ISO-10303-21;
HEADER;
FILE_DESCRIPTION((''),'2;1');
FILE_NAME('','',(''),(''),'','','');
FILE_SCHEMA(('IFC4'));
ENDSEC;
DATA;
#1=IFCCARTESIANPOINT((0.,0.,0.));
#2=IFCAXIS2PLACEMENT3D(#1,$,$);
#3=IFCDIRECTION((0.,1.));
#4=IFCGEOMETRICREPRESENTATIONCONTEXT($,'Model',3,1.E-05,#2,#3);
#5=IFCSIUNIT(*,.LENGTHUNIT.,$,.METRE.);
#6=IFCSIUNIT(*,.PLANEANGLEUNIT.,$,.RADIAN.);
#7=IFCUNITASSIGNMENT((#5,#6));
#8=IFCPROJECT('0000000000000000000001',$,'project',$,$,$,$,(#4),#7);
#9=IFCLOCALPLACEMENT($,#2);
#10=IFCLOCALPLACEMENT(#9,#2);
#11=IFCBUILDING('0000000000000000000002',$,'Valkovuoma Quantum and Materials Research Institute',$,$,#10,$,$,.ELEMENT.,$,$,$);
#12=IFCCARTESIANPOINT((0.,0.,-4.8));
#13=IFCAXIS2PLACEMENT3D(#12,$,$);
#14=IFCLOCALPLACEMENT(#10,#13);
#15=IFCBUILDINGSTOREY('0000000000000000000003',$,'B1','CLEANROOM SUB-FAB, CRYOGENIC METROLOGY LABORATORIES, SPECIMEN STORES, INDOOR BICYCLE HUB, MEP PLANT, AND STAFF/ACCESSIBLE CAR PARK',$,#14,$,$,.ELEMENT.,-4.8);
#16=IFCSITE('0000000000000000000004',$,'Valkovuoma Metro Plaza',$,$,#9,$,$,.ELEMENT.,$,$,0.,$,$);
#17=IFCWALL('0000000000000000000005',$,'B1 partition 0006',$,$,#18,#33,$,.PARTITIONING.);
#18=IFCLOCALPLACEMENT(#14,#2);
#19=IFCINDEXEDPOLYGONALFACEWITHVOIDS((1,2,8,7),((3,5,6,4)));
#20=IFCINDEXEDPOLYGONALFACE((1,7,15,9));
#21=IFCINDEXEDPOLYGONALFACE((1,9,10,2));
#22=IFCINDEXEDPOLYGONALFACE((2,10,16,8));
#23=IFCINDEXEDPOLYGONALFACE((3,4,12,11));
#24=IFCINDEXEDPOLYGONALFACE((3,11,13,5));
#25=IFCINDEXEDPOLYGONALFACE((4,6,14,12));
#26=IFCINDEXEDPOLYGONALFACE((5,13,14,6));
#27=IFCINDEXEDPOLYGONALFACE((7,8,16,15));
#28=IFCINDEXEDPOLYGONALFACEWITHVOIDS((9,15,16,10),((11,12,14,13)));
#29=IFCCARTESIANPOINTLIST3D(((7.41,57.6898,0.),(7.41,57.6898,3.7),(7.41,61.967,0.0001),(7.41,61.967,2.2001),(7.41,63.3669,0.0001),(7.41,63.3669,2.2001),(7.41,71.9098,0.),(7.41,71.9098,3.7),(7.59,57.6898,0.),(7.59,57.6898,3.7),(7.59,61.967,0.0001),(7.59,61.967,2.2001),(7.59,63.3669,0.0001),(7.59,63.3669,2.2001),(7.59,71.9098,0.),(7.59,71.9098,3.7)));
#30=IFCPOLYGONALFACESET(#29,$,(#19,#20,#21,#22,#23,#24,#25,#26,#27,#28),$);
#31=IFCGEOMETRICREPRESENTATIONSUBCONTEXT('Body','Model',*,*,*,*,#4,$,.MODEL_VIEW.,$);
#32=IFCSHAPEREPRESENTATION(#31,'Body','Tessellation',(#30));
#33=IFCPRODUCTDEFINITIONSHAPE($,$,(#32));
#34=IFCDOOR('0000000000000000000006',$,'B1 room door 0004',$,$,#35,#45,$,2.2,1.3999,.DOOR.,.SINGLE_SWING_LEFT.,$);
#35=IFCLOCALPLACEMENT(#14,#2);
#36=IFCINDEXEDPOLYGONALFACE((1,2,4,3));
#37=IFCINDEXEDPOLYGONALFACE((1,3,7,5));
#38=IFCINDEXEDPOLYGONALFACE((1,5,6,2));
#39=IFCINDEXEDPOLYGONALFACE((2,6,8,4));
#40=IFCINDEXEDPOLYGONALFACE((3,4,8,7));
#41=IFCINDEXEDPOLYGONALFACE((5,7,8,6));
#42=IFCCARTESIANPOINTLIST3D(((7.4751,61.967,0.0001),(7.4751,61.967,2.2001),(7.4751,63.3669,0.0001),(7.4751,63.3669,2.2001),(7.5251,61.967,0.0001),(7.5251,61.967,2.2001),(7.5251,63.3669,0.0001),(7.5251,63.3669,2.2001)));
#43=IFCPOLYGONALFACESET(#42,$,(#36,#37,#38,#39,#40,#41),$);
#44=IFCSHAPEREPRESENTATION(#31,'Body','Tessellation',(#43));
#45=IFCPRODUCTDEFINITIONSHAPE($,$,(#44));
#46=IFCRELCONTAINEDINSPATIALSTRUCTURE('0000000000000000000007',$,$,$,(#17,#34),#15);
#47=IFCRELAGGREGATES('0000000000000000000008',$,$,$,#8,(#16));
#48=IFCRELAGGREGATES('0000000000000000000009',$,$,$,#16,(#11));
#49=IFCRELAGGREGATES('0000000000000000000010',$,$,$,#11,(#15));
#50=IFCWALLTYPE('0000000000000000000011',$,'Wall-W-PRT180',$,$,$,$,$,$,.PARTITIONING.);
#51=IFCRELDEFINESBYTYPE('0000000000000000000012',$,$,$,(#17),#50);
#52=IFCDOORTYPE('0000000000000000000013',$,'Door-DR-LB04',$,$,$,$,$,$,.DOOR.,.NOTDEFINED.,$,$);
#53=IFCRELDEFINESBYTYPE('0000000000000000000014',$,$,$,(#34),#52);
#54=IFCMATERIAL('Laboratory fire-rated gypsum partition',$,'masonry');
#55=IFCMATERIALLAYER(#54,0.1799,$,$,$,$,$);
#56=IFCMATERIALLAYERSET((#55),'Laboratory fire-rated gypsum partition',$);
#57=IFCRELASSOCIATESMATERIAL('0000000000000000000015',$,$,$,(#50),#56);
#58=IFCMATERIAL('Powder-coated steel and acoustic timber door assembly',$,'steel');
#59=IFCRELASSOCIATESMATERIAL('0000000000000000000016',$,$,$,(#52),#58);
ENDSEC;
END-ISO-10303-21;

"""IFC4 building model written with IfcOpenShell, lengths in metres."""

from ifc_helpers import new_model, si_unit, direction, frame, frame_2d, origin, place, context, subcontext, project, spatial, rectangle, extrude, material, layer, layer_set, type_object, element, fill, save


model = new_model("IFC4")

# Units and contexts
model_context = context("Model", 3, precision=1e-05, world=origin(), true_north=direction((0.0, 1.0)))
body_context = subcontext(model_context, "Body", "Model", "MODEL_VIEW")
ifc_project = project(units=[si_unit("LENGTHUNIT", "METRE"), si_unit("PLANEANGLEUNIT", "RADIAN")], contexts=[model_context])

# Site, building, storey
site_placement = place(None, origin())
site = spatial("IfcSite", under=ifc_project, at=site_placement, Name="Valkovuoma Metro Plaza", CompositionType="ELEMENT", RefElevation=0.0)
building_placement = place(site_placement, origin())
building = spatial("IfcBuilding", under=site, at=building_placement, Name="Valkovuoma Quantum and Materials Research Institute", CompositionType="ELEMENT")
storey_placement = place(building_placement, frame((0.0, 0.0, -4.8)))
storey = spatial("IfcBuildingStorey", under=building, at=storey_placement, Name="B1", Description="CLEANROOM SUB-FAB, CRYOGENIC METROLOGY LABORATORIES, SPECIMEN STORES, INDOOR BICYCLE HUB, MEP PLANT, AND STAFF/ACCESSIBLE CAR PARK", CompositionType="ELEMENT", Elevation=-4.8)

# Wall, opening, door
ifc_material_1 = material(Name="Laboratory fire-rated gypsum partition", Category="masonry")
ifc_layer_1 = layer(ifc_material_1, 0.1799)
ifc_layer_set_1 = layer_set([ifc_layer_1], Name="Laboratory fire-rated gypsum partition")
wall_type_1 = type_object("IfcWallType", Name="Wall-W-PRT180", PredefinedType="PARTITIONING", material=ifc_layer_set_1)
wall_1_placement = place(storey_placement, frame((7.5, 57.6899, 0.0), z_axis=(0.0, 0.0, 1.0), x_axis=(0.0, 1.0, 0.0)))
wall_1 = element("IfcWall", 1, at=wall_1_placement, inside=storey, type_object=wall_type_1, Name="B1 partition 0006", PredefinedType="PARTITIONING", context=body_context, shape_type="SweptSolid", body=[
    extrude(rectangle(XDim=14.22, YDim=0.1799, at=frame_2d((7.1099, 0.0))), origin(), (0.0, 0.0, 1.0), 3.7),
])
opening_1_placement = place(wall_1_placement, frame((4.2771, 0.0, 0.0)))
opening_1 = element("IfcOpeningElement", 2, at=opening_1_placement, cuts=wall_1, PredefinedType="OPENING", context=body_context, shape_type="SweptSolid", body=[
    extrude(rectangle(XDim=1.3999, YDim=2.2, at=frame_2d((0.7, 1.1001))), frame((0.0, 0.1001, 0.0), z_axis=(0.0, -1.0, 0.0), x_axis=(1.0, 0.0, 0.0)), (0.0, 0.0, 1.0), 0.2),
])
ifc_material_2 = material(Name="Powder-coated steel and acoustic timber door assembly", Category="steel")
door_type_1 = type_object("IfcDoorType", Name="Door-DR-LB04", OperationType="NOTDEFINED", PredefinedType="DOOR", material=ifc_material_2)
door_1_placement = place(opening_1_placement, origin())
door_1 = element("IfcDoor", 3, at=door_1_placement, inside=storey, type_object=door_type_1, Name="B1 room door 0004", OperationType="SINGLE_SWING_LEFT", OverallHeight=2.2, OverallWidth=1.3999, PredefinedType="DOOR", context=body_context, shape_type="SweptSolid", body=[
    extrude(rectangle(XDim=1.3999, YDim=2.2, at=frame_2d((0.7, 1.1001))), frame((0.0, 0.0249, 0.0), z_axis=(0.0, -1.0, 0.0), x_axis=(1.0, 0.0, 0.0)), (0.0, 0.0, 1.0), 0.05),
])
fill(opening_1, door_1)

save(model, "model.ifc")
